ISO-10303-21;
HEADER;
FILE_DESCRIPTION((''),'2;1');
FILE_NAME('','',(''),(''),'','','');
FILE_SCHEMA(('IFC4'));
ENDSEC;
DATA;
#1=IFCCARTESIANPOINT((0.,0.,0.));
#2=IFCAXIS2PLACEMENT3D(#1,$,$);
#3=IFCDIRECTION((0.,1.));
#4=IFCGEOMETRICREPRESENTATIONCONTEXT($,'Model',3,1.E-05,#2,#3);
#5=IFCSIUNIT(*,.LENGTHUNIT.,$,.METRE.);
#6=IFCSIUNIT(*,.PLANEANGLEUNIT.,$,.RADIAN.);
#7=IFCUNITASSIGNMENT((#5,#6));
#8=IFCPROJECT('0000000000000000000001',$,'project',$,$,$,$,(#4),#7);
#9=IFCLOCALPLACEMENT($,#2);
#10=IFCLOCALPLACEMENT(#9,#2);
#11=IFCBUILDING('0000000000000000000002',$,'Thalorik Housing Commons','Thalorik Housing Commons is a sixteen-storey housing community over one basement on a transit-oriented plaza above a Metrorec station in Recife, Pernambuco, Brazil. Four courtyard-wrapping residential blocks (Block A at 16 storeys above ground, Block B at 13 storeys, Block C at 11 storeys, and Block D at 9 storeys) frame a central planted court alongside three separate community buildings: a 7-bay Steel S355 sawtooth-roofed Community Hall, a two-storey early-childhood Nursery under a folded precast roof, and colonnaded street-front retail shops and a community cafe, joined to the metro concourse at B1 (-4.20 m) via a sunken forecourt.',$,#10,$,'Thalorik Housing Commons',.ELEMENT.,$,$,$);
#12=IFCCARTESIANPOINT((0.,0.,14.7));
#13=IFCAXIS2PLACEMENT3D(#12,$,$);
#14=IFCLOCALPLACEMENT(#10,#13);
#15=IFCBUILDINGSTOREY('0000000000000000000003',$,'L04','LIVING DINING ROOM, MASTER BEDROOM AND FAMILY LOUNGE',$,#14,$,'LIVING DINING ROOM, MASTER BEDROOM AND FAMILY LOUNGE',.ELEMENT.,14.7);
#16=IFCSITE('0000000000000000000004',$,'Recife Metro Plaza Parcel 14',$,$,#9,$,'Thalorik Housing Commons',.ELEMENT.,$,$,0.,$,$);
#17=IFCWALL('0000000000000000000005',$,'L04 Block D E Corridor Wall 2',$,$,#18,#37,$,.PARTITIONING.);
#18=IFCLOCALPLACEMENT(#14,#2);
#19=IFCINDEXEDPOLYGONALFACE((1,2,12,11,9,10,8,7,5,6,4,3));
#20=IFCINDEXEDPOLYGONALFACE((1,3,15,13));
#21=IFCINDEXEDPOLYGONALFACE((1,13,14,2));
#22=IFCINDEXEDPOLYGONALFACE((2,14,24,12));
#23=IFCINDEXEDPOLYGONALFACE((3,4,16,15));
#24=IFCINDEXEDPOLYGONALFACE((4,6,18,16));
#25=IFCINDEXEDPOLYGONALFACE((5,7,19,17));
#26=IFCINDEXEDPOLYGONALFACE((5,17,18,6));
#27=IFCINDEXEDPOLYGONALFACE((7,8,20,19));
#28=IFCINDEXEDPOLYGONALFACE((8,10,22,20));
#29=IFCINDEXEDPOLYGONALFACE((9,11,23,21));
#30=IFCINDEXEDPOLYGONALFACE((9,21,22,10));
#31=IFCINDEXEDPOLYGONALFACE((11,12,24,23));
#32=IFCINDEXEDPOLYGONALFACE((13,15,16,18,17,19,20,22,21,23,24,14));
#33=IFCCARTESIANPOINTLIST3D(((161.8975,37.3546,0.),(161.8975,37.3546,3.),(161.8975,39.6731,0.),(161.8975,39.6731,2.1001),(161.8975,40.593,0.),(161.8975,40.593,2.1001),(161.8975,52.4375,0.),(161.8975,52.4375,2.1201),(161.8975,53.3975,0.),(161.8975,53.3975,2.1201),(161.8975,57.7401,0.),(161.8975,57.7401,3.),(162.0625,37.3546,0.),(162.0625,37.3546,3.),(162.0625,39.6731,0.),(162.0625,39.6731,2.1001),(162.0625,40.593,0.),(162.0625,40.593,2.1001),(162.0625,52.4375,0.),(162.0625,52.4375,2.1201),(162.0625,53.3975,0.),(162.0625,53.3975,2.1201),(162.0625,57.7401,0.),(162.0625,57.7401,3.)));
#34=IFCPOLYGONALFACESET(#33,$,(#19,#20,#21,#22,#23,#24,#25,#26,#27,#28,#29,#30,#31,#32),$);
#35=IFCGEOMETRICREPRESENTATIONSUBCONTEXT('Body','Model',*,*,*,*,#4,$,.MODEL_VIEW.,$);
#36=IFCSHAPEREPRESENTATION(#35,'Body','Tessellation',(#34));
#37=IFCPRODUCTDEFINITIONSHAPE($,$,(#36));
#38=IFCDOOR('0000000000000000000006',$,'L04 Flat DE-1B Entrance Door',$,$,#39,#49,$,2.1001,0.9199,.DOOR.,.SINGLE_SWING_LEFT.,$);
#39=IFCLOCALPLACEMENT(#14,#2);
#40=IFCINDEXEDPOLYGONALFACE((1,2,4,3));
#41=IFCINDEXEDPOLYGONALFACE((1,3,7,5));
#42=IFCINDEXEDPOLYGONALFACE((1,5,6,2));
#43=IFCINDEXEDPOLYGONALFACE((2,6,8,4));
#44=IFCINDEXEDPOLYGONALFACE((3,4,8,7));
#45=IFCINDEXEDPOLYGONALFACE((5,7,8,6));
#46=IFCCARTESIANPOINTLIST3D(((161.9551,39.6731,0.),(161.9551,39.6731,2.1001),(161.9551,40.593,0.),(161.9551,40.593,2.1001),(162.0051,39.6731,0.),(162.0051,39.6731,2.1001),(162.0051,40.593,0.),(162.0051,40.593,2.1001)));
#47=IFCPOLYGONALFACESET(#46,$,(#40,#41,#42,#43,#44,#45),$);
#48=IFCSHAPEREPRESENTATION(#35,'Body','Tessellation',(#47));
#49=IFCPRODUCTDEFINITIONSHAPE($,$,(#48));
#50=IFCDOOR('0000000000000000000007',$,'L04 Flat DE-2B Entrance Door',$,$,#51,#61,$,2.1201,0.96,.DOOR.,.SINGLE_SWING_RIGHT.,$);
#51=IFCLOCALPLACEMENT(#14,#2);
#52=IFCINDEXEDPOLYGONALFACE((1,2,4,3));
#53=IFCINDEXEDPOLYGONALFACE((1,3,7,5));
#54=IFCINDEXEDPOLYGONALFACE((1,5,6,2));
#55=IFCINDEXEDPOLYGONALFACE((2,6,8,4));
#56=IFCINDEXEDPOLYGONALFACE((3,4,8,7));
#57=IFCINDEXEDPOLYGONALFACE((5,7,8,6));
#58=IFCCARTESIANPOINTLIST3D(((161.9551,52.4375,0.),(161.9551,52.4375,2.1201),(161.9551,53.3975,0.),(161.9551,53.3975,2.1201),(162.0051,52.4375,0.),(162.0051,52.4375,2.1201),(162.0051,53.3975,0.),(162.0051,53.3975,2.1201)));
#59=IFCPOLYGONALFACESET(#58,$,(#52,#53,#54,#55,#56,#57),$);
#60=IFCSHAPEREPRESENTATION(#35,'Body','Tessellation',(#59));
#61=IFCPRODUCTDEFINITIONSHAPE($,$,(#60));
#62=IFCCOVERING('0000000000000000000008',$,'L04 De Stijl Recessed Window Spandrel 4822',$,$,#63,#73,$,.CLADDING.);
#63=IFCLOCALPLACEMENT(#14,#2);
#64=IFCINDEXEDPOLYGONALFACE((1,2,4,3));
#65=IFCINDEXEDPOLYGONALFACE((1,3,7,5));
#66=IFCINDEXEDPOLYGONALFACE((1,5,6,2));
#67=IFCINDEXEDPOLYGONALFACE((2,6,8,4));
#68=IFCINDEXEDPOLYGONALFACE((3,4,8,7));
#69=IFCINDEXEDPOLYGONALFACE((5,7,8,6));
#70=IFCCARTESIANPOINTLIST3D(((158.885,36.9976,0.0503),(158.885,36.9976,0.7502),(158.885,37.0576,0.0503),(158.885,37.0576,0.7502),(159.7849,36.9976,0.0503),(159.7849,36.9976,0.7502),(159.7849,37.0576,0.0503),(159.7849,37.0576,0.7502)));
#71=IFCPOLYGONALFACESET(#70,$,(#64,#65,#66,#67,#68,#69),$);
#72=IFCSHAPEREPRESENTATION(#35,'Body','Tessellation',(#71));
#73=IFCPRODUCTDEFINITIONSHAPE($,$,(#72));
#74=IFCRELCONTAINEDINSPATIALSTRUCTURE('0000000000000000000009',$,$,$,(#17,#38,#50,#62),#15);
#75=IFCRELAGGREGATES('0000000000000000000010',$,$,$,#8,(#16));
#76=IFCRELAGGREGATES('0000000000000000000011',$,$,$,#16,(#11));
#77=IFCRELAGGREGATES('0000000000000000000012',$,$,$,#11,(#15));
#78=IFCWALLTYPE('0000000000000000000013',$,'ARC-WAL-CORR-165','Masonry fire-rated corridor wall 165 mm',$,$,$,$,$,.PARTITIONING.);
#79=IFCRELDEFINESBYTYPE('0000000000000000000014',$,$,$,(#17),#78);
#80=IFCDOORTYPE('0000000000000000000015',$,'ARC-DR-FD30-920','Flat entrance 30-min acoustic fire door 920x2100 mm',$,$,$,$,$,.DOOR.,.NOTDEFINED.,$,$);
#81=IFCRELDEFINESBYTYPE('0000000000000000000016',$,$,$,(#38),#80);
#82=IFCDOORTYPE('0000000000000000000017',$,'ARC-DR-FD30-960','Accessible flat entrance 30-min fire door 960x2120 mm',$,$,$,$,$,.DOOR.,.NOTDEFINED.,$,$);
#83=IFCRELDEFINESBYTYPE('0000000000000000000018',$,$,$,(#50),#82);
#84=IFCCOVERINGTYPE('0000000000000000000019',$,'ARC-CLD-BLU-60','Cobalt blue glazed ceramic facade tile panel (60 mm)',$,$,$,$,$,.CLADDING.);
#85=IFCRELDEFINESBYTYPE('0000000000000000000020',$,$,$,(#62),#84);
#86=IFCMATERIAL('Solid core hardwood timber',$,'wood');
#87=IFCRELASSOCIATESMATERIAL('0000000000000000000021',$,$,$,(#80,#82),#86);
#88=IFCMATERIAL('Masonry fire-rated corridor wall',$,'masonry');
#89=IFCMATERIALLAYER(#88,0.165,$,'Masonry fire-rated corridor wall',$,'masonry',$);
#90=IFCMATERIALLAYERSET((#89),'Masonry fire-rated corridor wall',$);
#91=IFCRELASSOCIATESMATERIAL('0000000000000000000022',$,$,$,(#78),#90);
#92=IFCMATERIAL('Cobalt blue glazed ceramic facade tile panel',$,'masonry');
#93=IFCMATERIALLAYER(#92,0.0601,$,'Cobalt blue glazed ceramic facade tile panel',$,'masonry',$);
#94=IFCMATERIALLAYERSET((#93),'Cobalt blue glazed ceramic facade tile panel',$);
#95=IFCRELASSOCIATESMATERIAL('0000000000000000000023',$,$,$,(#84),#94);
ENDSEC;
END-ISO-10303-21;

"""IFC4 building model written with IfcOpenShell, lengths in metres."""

from ifc_helpers import new_model, si_unit, direction, frame, frame_2d, origin, origin_2d, place, context, subcontext, project, spatial, rectangle, extrude, material, layer, layer_set, type_object, element, fill, save


model = new_model("IFC4")

# Units and contexts
model_context = context("Model", 3, precision=1e-05, world=origin(), true_north=direction((0.0, 1.0)))
body_context = subcontext(model_context, "Body", "Model", "MODEL_VIEW")
ifc_project = project(units=[si_unit("LENGTHUNIT", "METRE"), si_unit("PLANEANGLEUNIT", "RADIAN")], contexts=[model_context])

# Site, building, storey
site_placement = place(None, origin())
site = spatial("IfcSite", under=ifc_project, at=site_placement, Name="Recife Metro Plaza Parcel 14", LongName="Thalorik Housing Commons", CompositionType="ELEMENT", RefElevation=0.0)
building_placement = place(site_placement, origin())
building = spatial("IfcBuilding", under=site, at=building_placement, Name="Thalorik Housing Commons", Description="Thalorik Housing Commons is a sixteen-storey housing community over one basement on a transit-oriented plaza above a Metrorec station in Recife, Pernambuco, Brazil. Four courtyard-wrapping residential blocks (Block A at 16 storeys above ground, Block B at 13 storeys, Block C at 11 storeys, and Block D at 9 storeys) frame a central planted court alongside three separate community buildings: a 7-bay Steel S355 sawtooth-roofed Community Hall, a two-storey early-childhood Nursery under a folded precast roof, and colonnaded street-front retail shops and a community cafe, joined to the metro concourse at B1 (-4.20 m) via a sunken forecourt.", LongName="Thalorik Housing Commons", CompositionType="ELEMENT")
storey_placement = place(building_placement, frame((0.0, 0.0, 14.7)))
storey = spatial("IfcBuildingStorey", under=building, at=storey_placement, Name="L04", Description="LIVING DINING ROOM, MASTER BEDROOM AND FAMILY LOUNGE", LongName="LIVING DINING ROOM, MASTER BEDROOM AND FAMILY LOUNGE", CompositionType="ELEMENT", Elevation=14.7)

# Wall, openings, doors
ifc_material_1 = material(Name="Masonry fire-rated corridor wall", Category="masonry")
ifc_material_2 = material(Name="Solid core hardwood timber", Category="wood")
door_type_1 = type_object("IfcDoorType", Name="ARC-DR-FD30-920", Description="Flat entrance 30-min acoustic fire door 920x2100 mm", OperationType="NOTDEFINED", PredefinedType="DOOR", material=ifc_material_2)
ifc_layer_1 = layer(ifc_material_1, 0.165, Name="Masonry fire-rated corridor wall", Category="masonry")
ifc_layer_set_1 = layer_set([ifc_layer_1], Name="Masonry fire-rated corridor wall")
wall_type_1 = type_object("IfcWallType", Name="ARC-WAL-CORR-165", Description="Masonry fire-rated corridor wall 165 mm", PredefinedType="PARTITIONING", material=ifc_layer_set_1)
wall_1_placement = place(storey_placement, frame((161.98, 37.3545, 0.0), z_axis=(0.0, 0.0, 1.0), x_axis=(0.0, 1.0, 0.0)))
wall_1 = element("IfcWall", 1, at=wall_1_placement, inside=storey, type_object=wall_type_1, Name="L04 Block D E Corridor Wall 2", PredefinedType="PARTITIONING", context=body_context, shape_type="SweptSolid", body=[
    extrude(rectangle(XDim=20.3855, YDim=0.165, at=frame_2d((10.1929, 0.0))), origin(), (0.0, 0.0, 1.0), 3.0),
])
opening_1_placement = place(wall_1_placement, frame((2.3186, 0.0, 0.0)))
opening_1 = element("IfcOpeningElement", 2, at=opening_1_placement, cuts=wall_1, PredefinedType="OPENING", context=body_context, shape_type="SweptSolid", body=[
    extrude(rectangle(XDim=0.9199, YDim=2.1001, at=frame_2d((0.46, 1.05))), frame((0.0, 0.0925, 0.0), z_axis=(0.0, -1.0, 0.0), x_axis=(1.0, 0.0, 0.0)), (0.0, 0.0, 1.0), 0.1851),
])
opening_2_placement = place(wall_1_placement, frame((15.083, 0.0, 0.0)))
opening_2 = element("IfcOpeningElement", 3, at=opening_2_placement, cuts=wall_1, PredefinedType="OPENING", context=body_context, shape_type="SweptSolid", body=[
    extrude(rectangle(XDim=0.96, YDim=2.1201, at=frame_2d((0.48, 1.0601))), frame((0.0, 0.0925, 0.0), z_axis=(0.0, -1.0, 0.0), x_axis=(1.0, 0.0, 0.0)), (0.0, 0.0, 1.0), 0.1851),
])
door_1_placement = place(opening_1_placement, origin())
door_1 = element("IfcDoor", 4, at=door_1_placement, inside=storey, type_object=door_type_1, Name="L04 Flat DE-1B Entrance Door", OperationType="SINGLE_SWING_LEFT", OverallHeight=2.1001, OverallWidth=0.9199, PredefinedType="DOOR", context=body_context, shape_type="SweptSolid", body=[
    extrude(rectangle(XDim=0.9199, YDim=2.1001, at=frame_2d((0.46, 1.05))), frame((0.0, 0.0249, 0.0), z_axis=(0.0, -1.0, 0.0), x_axis=(1.0, 0.0, 0.0)), (0.0, 0.0, 1.0), 0.05),
])
fill(opening_1, door_1)
door_type_2 = type_object("IfcDoorType", Name="ARC-DR-FD30-960", Description="Accessible flat entrance 30-min fire door 960x2120 mm", OperationType="NOTDEFINED", PredefinedType="DOOR", material=ifc_material_2)
door_2_placement = place(opening_2_placement, origin())
door_2 = element("IfcDoor", 5, at=door_2_placement, inside=storey, type_object=door_type_2, Name="L04 Flat DE-2B Entrance Door", OperationType="SINGLE_SWING_RIGHT", OverallHeight=2.1201, OverallWidth=0.96, PredefinedType="DOOR", context=body_context, shape_type="SweptSolid", body=[
    extrude(rectangle(XDim=0.96, YDim=2.1201, at=frame_2d((0.48, 1.0601))), frame((0.0, 0.0249, 0.0), z_axis=(0.0, -1.0, 0.0), x_axis=(1.0, 0.0, 0.0)), (0.0, 0.0, 1.0), 0.05),
])
fill(opening_2, door_2)

# Covering
ifc_material_3 = material(Name="Cobalt blue glazed ceramic facade tile panel", Category="masonry")
ifc_layer_2 = layer(ifc_material_3, 0.0601, Name="Cobalt blue glazed ceramic facade tile panel", Category="masonry")
ifc_layer_set_2 = layer_set([ifc_layer_2], Name="Cobalt blue glazed ceramic facade tile panel")
covering_type_1 = type_object("IfcCoveringType", Name="ARC-CLD-BLU-60", Description="Cobalt blue glazed ceramic facade tile panel (60 mm)", PredefinedType="CLADDING", material=ifc_layer_set_2)
covering_1_placement = place(storey_placement, frame((159.335, 37.0276, 0.0503), z_axis=(0.0, 0.0, 1.0), x_axis=(1.0, 0.0, 0.0)))
element("IfcCovering", 6, at=covering_1_placement, inside=storey, type_object=covering_type_1, Name="L04 De Stijl Recessed Window Spandrel 4822", PredefinedType="CLADDING", context=body_context, shape_type="SweptSolid", body=[
    extrude(rectangle(XDim=0.8999, YDim=0.0601, at=origin_2d()), origin(), (0.0, 0.0, 1.0), 0.7),
])

save(model, "model.ifc")
